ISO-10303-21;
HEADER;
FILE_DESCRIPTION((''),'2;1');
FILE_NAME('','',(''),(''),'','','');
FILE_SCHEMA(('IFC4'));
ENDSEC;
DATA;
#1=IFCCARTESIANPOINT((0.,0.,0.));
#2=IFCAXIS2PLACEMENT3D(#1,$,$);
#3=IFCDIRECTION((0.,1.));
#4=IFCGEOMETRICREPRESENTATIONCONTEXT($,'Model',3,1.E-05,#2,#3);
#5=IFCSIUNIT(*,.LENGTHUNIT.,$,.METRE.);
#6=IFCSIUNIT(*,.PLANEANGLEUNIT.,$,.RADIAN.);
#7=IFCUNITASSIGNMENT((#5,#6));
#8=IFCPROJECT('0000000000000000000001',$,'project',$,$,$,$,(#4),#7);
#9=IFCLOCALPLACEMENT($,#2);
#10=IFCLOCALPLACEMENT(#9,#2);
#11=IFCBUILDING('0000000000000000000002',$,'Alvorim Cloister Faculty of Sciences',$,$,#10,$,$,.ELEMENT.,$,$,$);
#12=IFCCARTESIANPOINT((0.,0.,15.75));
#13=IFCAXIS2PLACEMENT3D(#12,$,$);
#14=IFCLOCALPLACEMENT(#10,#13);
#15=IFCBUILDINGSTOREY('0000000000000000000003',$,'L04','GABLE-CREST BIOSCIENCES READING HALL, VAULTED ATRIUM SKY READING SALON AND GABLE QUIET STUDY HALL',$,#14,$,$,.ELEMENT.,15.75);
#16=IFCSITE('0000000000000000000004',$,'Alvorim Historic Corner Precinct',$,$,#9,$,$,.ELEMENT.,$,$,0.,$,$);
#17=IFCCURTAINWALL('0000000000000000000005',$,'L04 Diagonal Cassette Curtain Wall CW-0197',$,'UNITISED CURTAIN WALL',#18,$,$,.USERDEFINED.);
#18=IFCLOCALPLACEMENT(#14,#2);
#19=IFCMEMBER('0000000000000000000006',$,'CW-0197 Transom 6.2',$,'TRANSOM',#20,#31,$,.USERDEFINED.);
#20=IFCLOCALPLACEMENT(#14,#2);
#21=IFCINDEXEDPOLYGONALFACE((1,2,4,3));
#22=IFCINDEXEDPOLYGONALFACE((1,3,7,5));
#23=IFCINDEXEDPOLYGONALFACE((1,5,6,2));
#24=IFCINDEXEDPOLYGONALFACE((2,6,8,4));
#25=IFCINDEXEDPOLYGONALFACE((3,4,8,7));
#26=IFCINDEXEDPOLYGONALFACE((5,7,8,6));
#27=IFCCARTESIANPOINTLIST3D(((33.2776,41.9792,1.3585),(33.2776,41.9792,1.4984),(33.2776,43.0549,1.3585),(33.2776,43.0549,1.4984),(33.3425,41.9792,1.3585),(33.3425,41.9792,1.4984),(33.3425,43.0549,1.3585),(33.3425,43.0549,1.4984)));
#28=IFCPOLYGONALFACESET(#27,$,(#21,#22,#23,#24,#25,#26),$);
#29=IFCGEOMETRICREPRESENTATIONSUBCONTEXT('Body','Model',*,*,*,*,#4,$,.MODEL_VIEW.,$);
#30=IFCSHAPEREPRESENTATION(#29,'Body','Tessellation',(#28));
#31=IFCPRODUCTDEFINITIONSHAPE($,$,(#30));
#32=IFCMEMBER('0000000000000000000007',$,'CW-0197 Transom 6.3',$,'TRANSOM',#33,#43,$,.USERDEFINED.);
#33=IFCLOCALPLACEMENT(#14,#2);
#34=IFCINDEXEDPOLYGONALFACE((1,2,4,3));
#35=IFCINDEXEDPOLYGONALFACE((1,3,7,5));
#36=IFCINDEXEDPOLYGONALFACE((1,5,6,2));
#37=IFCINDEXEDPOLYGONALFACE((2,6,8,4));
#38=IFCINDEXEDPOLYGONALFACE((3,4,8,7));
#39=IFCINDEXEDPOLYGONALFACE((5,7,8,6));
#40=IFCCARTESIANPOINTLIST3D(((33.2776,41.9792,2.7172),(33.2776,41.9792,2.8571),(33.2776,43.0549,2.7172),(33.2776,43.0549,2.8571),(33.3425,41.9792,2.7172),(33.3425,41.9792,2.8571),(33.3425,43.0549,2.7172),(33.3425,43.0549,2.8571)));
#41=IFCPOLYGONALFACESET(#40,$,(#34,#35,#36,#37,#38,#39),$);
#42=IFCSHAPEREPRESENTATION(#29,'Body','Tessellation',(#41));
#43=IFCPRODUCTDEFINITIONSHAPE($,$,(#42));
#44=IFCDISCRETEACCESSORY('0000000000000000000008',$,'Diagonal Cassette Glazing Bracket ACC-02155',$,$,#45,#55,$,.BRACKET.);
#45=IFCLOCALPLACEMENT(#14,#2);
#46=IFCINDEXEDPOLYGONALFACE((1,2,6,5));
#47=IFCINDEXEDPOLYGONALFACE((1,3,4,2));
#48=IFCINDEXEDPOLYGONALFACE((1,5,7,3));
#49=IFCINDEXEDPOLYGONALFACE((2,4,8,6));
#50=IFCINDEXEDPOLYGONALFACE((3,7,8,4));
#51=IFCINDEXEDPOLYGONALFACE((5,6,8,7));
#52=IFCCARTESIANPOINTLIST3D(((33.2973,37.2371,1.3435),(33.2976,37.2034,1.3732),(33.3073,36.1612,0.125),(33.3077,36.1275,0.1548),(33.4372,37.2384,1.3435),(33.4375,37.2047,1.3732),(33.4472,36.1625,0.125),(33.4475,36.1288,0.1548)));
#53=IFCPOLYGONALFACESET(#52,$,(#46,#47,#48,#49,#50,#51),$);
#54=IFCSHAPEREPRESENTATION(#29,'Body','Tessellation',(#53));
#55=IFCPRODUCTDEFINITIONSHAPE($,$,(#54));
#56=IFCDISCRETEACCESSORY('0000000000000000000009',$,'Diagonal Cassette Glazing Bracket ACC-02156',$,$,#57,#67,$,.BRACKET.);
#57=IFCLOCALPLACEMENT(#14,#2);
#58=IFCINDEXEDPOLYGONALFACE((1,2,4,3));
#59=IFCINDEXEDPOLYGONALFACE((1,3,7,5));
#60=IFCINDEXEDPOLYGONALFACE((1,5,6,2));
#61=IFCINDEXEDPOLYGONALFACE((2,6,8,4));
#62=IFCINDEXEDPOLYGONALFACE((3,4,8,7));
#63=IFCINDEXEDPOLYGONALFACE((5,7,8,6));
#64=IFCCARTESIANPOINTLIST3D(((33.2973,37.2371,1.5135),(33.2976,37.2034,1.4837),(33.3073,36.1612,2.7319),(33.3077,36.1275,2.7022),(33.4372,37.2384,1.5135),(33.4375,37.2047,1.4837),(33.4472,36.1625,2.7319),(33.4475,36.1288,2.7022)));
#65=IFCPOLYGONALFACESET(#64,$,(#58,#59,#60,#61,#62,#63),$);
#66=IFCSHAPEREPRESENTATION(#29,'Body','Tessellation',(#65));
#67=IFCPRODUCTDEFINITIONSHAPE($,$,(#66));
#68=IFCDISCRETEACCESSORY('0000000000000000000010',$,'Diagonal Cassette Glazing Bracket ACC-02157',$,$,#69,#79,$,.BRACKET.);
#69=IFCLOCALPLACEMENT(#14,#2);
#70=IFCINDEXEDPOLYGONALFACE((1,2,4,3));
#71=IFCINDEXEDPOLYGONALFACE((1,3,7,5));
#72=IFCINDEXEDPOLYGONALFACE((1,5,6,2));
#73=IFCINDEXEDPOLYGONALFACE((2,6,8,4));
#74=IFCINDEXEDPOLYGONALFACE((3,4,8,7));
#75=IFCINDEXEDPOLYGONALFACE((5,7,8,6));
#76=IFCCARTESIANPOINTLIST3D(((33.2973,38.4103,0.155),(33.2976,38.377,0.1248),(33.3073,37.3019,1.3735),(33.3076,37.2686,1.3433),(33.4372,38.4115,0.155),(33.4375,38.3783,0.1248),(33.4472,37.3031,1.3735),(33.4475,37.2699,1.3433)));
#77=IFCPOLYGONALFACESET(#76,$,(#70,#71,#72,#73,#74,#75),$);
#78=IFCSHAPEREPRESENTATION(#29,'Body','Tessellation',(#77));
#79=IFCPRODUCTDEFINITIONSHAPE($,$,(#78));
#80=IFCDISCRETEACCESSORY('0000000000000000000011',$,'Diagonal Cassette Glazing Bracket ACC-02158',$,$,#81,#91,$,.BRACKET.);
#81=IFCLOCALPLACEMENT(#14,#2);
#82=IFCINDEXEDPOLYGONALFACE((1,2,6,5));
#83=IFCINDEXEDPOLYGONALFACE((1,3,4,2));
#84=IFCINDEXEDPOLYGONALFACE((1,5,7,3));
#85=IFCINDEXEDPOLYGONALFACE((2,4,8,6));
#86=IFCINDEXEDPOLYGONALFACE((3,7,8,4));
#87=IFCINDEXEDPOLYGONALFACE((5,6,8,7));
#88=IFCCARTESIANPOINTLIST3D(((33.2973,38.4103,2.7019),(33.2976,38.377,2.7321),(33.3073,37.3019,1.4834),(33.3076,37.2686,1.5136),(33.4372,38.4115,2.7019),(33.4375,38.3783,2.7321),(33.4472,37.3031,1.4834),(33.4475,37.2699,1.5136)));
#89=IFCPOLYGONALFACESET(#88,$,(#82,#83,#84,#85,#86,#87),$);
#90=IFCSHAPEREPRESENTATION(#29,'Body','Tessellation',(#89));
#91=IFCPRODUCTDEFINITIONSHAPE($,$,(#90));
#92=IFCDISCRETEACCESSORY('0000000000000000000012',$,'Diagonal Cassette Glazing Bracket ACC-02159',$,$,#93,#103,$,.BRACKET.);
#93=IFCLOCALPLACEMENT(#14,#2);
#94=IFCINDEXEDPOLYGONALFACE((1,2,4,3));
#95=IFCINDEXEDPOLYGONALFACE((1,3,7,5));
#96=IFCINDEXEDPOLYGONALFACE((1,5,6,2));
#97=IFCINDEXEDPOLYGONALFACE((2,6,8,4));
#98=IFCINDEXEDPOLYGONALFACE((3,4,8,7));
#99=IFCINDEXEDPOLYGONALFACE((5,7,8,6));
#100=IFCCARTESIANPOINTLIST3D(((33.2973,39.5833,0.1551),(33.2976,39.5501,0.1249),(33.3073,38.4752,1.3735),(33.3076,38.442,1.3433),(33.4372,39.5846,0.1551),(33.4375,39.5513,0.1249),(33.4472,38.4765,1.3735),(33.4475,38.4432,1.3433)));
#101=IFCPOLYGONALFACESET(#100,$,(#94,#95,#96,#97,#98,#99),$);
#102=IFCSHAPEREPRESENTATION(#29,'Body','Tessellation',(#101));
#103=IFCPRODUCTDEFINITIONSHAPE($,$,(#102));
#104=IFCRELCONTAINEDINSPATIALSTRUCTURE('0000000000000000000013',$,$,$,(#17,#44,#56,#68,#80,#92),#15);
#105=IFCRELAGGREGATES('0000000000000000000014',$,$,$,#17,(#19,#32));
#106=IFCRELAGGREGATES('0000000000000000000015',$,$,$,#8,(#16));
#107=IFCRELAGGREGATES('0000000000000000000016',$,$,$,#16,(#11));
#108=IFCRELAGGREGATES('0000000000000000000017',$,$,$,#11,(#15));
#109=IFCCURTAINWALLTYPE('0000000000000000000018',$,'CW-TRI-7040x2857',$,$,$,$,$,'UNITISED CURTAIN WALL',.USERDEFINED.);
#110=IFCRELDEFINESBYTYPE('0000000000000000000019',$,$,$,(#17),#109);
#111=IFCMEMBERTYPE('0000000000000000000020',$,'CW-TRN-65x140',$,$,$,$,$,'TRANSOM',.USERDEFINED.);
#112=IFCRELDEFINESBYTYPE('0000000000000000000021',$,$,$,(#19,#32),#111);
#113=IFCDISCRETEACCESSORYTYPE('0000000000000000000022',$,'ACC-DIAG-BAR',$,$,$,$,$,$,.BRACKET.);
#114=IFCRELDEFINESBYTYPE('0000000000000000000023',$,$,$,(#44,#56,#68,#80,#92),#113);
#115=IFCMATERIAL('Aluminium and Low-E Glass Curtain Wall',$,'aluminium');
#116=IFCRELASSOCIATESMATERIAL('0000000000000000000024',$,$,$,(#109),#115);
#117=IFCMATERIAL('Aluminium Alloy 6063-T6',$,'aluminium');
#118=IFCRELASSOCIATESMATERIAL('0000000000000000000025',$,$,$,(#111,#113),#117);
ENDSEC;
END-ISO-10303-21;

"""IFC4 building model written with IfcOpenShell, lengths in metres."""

from ifc_helpers import new_model, si_unit, direction, frame, origin, origin_2d, place, context, subcontext, project, spatial, rectangle, extrude, material, material_profile, profile_set, type_object, element, aggregate, save


model = new_model("IFC4")

# Units and contexts
model_context = context("Model", 3, precision=1e-05, world=origin(), true_north=direction((0.0, 1.0)))
body_context = subcontext(model_context, "Body", "Model", "MODEL_VIEW")
ifc_project = project(units=[si_unit("LENGTHUNIT", "METRE"), si_unit("PLANEANGLEUNIT", "RADIAN")], contexts=[model_context])

# Site, building, storey
site_placement = place(None, origin())
site = spatial("IfcSite", under=ifc_project, at=site_placement, Name="Alvorim Historic Corner Precinct", CompositionType="ELEMENT", RefElevation=0.0)
building_placement = place(site_placement, origin())
building = spatial("IfcBuilding", under=site, at=building_placement, Name="Alvorim Cloister Faculty of Sciences", CompositionType="ELEMENT")
storey_placement = place(building_placement, frame((0.0, 0.0, 15.75)))
storey = spatial("IfcBuildingStorey", under=building, at=storey_placement, Name="L04", Description="GABLE-CREST BIOSCIENCES READING HALL, VAULTED ATRIUM SKY READING SALON AND GABLE QUIET STUDY HALL", CompositionType="ELEMENT", Elevation=15.75)

# Curtain wall, members
ifc_material_1 = material(Name="Aluminium and Low-E Glass Curtain Wall", Category="aluminium")
curtain_wall_type = type_object("IfcCurtainWallType", Name="CW-TRI-7040x2857", ElementType="UNITISED CURTAIN WALL", PredefinedType="USERDEFINED", material=ifc_material_1)
curtain_wall_placement = place(storey_placement, origin())
curtain_wall = element("IfcCurtainWall", 1, at=curtain_wall_placement, inside=storey, type_object=curtain_wall_type, Name="L04 Diagonal Cassette Curtain Wall CW-0197", ObjectType="UNITISED CURTAIN WALL", PredefinedType="USERDEFINED")
ifc_material_2 = material(Name="Aluminium Alloy 6063-T6", Category="aluminium")
ifc_material_profile_1 = material_profile(ifc_material_2, rectangle(XDim=0.0649, YDim=0.1399, at=origin_2d()), Name="ALU-TRN-65x140")
ifc_profile_set_1 = profile_set([ifc_material_profile_1], Name="Aluminium Alloy 6063-T6")
member_type_1 = type_object("IfcMemberType", Name="CW-TRN-65x140", ElementType="TRANSOM", PredefinedType="USERDEFINED", material=ifc_profile_set_1)
member_1_placement = place(storey_placement, frame((33.3101, 41.9792, 1.4285), z_axis=(0.0, 1.0, 0.0), x_axis=(-1.0, 0.0, 0.0)))
member_1 = element("IfcMember", 2, at=member_1_placement, type_object=member_type_1, Name="CW-0197 Transom 6.2", ObjectType="TRANSOM", PredefinedType="USERDEFINED", context=body_context, shape_type="SweptSolid", body=[
    extrude(rectangle(XDim=0.0649, YDim=0.1399, at=origin_2d()), origin(), (0.0, 0.0, 1.0), 1.0757),
])
member_2_placement = place(storey_placement, frame((33.3101, 41.9792, 2.7871), z_axis=(0.0, 1.0, 0.0), x_axis=(-1.0, 0.0, 0.0)))
member_2 = element("IfcMember", 3, at=member_2_placement, type_object=member_type_1, Name="CW-0197 Transom 6.3", ObjectType="TRANSOM", PredefinedType="USERDEFINED", context=body_context, shape_type="SweptSolid", body=[
    extrude(rectangle(XDim=0.0649, YDim=0.1399, at=origin_2d()), origin(), (0.0, 0.0, 1.0), 1.0757),
])
aggregate(curtain_wall, [member_1, member_2])

# Discrete accessories
discrete_accessory_type = type_object("IfcDiscreteAccessoryType", Name="ACC-DIAG-BAR", PredefinedType="BRACKET", material=ifc_material_2)
for number, where, z_axis, x_axis, name in (
    (4, (33.3774, 36.145, 0.1399), (-0.006158, 0.661877, 0.749587), (-0.999957, -0.009303, 0.0), "Diagonal Cassette Glazing Bracket ACC-02155"),
    (5, (33.3774, 36.145, 2.717), (-0.006158, 0.661877, -0.749587), (-0.999957, -0.009303, 0.0), "Diagonal Cassette Glazing Bracket ACC-02156"),
):
    element("IfcDiscreteAccessory", number, at=place(storey_placement, frame(where, z_axis=z_axis, x_axis=x_axis)), inside=storey, type_object=discrete_accessory_type, Name=name, PredefinedType="BRACKET", context=body_context, shape_type="SweptSolid", body=[
        extrude(rectangle(XDim=0.1399, YDim=0.0449, at=origin_2d()), origin(), (0.0, 0.0, 1.0), 1.6255),
    ])
for number, where, z_axis, x_axis, name in (
    (6, (33.3774, 37.2859, 1.3584), (-0.006077, 0.672882, -0.739725), (-0.999959, -0.00903, 0.0), "Diagonal Cassette Glazing Bracket ACC-02157"),
    (7, (33.3774, 37.2859, 1.4985), (-0.006077, 0.672882, 0.739725), (-0.999959, -0.00903, 0.0), "Diagonal Cassette Glazing Bracket ACC-02158"),
):
    element("IfcDiscreteAccessory", number, at=place(storey_placement, frame(where, z_axis=z_axis, x_axis=x_axis)), inside=storey, type_object=discrete_accessory_type, Name=name, PredefinedType="BRACKET", context=body_context, shape_type="SweptSolid", body=[
        extrude(rectangle(XDim=0.1399, YDim=0.0449, at=origin_2d()), origin(), (0.0, 0.0, 1.0), 1.6472),
    ])
discrete_accessory_placement = place(storey_placement, frame((33.3774, 38.4592, 1.3584), z_axis=(-0.006077, 0.672801, -0.739799), x_axis=(-0.999959, -0.009032, 0.0)))
element("IfcDiscreteAccessory", 8, at=discrete_accessory_placement, inside=storey, type_object=discrete_accessory_type, Name="Diagonal Cassette Glazing Bracket ACC-02159", PredefinedType="BRACKET", context=body_context, shape_type="SweptSolid", body=[
    extrude(rectangle(XDim=0.1399, YDim=0.0449, at=origin_2d()), origin(), (0.0, 0.0, 1.0), 1.647),
])

save(model, "model.ifc")
